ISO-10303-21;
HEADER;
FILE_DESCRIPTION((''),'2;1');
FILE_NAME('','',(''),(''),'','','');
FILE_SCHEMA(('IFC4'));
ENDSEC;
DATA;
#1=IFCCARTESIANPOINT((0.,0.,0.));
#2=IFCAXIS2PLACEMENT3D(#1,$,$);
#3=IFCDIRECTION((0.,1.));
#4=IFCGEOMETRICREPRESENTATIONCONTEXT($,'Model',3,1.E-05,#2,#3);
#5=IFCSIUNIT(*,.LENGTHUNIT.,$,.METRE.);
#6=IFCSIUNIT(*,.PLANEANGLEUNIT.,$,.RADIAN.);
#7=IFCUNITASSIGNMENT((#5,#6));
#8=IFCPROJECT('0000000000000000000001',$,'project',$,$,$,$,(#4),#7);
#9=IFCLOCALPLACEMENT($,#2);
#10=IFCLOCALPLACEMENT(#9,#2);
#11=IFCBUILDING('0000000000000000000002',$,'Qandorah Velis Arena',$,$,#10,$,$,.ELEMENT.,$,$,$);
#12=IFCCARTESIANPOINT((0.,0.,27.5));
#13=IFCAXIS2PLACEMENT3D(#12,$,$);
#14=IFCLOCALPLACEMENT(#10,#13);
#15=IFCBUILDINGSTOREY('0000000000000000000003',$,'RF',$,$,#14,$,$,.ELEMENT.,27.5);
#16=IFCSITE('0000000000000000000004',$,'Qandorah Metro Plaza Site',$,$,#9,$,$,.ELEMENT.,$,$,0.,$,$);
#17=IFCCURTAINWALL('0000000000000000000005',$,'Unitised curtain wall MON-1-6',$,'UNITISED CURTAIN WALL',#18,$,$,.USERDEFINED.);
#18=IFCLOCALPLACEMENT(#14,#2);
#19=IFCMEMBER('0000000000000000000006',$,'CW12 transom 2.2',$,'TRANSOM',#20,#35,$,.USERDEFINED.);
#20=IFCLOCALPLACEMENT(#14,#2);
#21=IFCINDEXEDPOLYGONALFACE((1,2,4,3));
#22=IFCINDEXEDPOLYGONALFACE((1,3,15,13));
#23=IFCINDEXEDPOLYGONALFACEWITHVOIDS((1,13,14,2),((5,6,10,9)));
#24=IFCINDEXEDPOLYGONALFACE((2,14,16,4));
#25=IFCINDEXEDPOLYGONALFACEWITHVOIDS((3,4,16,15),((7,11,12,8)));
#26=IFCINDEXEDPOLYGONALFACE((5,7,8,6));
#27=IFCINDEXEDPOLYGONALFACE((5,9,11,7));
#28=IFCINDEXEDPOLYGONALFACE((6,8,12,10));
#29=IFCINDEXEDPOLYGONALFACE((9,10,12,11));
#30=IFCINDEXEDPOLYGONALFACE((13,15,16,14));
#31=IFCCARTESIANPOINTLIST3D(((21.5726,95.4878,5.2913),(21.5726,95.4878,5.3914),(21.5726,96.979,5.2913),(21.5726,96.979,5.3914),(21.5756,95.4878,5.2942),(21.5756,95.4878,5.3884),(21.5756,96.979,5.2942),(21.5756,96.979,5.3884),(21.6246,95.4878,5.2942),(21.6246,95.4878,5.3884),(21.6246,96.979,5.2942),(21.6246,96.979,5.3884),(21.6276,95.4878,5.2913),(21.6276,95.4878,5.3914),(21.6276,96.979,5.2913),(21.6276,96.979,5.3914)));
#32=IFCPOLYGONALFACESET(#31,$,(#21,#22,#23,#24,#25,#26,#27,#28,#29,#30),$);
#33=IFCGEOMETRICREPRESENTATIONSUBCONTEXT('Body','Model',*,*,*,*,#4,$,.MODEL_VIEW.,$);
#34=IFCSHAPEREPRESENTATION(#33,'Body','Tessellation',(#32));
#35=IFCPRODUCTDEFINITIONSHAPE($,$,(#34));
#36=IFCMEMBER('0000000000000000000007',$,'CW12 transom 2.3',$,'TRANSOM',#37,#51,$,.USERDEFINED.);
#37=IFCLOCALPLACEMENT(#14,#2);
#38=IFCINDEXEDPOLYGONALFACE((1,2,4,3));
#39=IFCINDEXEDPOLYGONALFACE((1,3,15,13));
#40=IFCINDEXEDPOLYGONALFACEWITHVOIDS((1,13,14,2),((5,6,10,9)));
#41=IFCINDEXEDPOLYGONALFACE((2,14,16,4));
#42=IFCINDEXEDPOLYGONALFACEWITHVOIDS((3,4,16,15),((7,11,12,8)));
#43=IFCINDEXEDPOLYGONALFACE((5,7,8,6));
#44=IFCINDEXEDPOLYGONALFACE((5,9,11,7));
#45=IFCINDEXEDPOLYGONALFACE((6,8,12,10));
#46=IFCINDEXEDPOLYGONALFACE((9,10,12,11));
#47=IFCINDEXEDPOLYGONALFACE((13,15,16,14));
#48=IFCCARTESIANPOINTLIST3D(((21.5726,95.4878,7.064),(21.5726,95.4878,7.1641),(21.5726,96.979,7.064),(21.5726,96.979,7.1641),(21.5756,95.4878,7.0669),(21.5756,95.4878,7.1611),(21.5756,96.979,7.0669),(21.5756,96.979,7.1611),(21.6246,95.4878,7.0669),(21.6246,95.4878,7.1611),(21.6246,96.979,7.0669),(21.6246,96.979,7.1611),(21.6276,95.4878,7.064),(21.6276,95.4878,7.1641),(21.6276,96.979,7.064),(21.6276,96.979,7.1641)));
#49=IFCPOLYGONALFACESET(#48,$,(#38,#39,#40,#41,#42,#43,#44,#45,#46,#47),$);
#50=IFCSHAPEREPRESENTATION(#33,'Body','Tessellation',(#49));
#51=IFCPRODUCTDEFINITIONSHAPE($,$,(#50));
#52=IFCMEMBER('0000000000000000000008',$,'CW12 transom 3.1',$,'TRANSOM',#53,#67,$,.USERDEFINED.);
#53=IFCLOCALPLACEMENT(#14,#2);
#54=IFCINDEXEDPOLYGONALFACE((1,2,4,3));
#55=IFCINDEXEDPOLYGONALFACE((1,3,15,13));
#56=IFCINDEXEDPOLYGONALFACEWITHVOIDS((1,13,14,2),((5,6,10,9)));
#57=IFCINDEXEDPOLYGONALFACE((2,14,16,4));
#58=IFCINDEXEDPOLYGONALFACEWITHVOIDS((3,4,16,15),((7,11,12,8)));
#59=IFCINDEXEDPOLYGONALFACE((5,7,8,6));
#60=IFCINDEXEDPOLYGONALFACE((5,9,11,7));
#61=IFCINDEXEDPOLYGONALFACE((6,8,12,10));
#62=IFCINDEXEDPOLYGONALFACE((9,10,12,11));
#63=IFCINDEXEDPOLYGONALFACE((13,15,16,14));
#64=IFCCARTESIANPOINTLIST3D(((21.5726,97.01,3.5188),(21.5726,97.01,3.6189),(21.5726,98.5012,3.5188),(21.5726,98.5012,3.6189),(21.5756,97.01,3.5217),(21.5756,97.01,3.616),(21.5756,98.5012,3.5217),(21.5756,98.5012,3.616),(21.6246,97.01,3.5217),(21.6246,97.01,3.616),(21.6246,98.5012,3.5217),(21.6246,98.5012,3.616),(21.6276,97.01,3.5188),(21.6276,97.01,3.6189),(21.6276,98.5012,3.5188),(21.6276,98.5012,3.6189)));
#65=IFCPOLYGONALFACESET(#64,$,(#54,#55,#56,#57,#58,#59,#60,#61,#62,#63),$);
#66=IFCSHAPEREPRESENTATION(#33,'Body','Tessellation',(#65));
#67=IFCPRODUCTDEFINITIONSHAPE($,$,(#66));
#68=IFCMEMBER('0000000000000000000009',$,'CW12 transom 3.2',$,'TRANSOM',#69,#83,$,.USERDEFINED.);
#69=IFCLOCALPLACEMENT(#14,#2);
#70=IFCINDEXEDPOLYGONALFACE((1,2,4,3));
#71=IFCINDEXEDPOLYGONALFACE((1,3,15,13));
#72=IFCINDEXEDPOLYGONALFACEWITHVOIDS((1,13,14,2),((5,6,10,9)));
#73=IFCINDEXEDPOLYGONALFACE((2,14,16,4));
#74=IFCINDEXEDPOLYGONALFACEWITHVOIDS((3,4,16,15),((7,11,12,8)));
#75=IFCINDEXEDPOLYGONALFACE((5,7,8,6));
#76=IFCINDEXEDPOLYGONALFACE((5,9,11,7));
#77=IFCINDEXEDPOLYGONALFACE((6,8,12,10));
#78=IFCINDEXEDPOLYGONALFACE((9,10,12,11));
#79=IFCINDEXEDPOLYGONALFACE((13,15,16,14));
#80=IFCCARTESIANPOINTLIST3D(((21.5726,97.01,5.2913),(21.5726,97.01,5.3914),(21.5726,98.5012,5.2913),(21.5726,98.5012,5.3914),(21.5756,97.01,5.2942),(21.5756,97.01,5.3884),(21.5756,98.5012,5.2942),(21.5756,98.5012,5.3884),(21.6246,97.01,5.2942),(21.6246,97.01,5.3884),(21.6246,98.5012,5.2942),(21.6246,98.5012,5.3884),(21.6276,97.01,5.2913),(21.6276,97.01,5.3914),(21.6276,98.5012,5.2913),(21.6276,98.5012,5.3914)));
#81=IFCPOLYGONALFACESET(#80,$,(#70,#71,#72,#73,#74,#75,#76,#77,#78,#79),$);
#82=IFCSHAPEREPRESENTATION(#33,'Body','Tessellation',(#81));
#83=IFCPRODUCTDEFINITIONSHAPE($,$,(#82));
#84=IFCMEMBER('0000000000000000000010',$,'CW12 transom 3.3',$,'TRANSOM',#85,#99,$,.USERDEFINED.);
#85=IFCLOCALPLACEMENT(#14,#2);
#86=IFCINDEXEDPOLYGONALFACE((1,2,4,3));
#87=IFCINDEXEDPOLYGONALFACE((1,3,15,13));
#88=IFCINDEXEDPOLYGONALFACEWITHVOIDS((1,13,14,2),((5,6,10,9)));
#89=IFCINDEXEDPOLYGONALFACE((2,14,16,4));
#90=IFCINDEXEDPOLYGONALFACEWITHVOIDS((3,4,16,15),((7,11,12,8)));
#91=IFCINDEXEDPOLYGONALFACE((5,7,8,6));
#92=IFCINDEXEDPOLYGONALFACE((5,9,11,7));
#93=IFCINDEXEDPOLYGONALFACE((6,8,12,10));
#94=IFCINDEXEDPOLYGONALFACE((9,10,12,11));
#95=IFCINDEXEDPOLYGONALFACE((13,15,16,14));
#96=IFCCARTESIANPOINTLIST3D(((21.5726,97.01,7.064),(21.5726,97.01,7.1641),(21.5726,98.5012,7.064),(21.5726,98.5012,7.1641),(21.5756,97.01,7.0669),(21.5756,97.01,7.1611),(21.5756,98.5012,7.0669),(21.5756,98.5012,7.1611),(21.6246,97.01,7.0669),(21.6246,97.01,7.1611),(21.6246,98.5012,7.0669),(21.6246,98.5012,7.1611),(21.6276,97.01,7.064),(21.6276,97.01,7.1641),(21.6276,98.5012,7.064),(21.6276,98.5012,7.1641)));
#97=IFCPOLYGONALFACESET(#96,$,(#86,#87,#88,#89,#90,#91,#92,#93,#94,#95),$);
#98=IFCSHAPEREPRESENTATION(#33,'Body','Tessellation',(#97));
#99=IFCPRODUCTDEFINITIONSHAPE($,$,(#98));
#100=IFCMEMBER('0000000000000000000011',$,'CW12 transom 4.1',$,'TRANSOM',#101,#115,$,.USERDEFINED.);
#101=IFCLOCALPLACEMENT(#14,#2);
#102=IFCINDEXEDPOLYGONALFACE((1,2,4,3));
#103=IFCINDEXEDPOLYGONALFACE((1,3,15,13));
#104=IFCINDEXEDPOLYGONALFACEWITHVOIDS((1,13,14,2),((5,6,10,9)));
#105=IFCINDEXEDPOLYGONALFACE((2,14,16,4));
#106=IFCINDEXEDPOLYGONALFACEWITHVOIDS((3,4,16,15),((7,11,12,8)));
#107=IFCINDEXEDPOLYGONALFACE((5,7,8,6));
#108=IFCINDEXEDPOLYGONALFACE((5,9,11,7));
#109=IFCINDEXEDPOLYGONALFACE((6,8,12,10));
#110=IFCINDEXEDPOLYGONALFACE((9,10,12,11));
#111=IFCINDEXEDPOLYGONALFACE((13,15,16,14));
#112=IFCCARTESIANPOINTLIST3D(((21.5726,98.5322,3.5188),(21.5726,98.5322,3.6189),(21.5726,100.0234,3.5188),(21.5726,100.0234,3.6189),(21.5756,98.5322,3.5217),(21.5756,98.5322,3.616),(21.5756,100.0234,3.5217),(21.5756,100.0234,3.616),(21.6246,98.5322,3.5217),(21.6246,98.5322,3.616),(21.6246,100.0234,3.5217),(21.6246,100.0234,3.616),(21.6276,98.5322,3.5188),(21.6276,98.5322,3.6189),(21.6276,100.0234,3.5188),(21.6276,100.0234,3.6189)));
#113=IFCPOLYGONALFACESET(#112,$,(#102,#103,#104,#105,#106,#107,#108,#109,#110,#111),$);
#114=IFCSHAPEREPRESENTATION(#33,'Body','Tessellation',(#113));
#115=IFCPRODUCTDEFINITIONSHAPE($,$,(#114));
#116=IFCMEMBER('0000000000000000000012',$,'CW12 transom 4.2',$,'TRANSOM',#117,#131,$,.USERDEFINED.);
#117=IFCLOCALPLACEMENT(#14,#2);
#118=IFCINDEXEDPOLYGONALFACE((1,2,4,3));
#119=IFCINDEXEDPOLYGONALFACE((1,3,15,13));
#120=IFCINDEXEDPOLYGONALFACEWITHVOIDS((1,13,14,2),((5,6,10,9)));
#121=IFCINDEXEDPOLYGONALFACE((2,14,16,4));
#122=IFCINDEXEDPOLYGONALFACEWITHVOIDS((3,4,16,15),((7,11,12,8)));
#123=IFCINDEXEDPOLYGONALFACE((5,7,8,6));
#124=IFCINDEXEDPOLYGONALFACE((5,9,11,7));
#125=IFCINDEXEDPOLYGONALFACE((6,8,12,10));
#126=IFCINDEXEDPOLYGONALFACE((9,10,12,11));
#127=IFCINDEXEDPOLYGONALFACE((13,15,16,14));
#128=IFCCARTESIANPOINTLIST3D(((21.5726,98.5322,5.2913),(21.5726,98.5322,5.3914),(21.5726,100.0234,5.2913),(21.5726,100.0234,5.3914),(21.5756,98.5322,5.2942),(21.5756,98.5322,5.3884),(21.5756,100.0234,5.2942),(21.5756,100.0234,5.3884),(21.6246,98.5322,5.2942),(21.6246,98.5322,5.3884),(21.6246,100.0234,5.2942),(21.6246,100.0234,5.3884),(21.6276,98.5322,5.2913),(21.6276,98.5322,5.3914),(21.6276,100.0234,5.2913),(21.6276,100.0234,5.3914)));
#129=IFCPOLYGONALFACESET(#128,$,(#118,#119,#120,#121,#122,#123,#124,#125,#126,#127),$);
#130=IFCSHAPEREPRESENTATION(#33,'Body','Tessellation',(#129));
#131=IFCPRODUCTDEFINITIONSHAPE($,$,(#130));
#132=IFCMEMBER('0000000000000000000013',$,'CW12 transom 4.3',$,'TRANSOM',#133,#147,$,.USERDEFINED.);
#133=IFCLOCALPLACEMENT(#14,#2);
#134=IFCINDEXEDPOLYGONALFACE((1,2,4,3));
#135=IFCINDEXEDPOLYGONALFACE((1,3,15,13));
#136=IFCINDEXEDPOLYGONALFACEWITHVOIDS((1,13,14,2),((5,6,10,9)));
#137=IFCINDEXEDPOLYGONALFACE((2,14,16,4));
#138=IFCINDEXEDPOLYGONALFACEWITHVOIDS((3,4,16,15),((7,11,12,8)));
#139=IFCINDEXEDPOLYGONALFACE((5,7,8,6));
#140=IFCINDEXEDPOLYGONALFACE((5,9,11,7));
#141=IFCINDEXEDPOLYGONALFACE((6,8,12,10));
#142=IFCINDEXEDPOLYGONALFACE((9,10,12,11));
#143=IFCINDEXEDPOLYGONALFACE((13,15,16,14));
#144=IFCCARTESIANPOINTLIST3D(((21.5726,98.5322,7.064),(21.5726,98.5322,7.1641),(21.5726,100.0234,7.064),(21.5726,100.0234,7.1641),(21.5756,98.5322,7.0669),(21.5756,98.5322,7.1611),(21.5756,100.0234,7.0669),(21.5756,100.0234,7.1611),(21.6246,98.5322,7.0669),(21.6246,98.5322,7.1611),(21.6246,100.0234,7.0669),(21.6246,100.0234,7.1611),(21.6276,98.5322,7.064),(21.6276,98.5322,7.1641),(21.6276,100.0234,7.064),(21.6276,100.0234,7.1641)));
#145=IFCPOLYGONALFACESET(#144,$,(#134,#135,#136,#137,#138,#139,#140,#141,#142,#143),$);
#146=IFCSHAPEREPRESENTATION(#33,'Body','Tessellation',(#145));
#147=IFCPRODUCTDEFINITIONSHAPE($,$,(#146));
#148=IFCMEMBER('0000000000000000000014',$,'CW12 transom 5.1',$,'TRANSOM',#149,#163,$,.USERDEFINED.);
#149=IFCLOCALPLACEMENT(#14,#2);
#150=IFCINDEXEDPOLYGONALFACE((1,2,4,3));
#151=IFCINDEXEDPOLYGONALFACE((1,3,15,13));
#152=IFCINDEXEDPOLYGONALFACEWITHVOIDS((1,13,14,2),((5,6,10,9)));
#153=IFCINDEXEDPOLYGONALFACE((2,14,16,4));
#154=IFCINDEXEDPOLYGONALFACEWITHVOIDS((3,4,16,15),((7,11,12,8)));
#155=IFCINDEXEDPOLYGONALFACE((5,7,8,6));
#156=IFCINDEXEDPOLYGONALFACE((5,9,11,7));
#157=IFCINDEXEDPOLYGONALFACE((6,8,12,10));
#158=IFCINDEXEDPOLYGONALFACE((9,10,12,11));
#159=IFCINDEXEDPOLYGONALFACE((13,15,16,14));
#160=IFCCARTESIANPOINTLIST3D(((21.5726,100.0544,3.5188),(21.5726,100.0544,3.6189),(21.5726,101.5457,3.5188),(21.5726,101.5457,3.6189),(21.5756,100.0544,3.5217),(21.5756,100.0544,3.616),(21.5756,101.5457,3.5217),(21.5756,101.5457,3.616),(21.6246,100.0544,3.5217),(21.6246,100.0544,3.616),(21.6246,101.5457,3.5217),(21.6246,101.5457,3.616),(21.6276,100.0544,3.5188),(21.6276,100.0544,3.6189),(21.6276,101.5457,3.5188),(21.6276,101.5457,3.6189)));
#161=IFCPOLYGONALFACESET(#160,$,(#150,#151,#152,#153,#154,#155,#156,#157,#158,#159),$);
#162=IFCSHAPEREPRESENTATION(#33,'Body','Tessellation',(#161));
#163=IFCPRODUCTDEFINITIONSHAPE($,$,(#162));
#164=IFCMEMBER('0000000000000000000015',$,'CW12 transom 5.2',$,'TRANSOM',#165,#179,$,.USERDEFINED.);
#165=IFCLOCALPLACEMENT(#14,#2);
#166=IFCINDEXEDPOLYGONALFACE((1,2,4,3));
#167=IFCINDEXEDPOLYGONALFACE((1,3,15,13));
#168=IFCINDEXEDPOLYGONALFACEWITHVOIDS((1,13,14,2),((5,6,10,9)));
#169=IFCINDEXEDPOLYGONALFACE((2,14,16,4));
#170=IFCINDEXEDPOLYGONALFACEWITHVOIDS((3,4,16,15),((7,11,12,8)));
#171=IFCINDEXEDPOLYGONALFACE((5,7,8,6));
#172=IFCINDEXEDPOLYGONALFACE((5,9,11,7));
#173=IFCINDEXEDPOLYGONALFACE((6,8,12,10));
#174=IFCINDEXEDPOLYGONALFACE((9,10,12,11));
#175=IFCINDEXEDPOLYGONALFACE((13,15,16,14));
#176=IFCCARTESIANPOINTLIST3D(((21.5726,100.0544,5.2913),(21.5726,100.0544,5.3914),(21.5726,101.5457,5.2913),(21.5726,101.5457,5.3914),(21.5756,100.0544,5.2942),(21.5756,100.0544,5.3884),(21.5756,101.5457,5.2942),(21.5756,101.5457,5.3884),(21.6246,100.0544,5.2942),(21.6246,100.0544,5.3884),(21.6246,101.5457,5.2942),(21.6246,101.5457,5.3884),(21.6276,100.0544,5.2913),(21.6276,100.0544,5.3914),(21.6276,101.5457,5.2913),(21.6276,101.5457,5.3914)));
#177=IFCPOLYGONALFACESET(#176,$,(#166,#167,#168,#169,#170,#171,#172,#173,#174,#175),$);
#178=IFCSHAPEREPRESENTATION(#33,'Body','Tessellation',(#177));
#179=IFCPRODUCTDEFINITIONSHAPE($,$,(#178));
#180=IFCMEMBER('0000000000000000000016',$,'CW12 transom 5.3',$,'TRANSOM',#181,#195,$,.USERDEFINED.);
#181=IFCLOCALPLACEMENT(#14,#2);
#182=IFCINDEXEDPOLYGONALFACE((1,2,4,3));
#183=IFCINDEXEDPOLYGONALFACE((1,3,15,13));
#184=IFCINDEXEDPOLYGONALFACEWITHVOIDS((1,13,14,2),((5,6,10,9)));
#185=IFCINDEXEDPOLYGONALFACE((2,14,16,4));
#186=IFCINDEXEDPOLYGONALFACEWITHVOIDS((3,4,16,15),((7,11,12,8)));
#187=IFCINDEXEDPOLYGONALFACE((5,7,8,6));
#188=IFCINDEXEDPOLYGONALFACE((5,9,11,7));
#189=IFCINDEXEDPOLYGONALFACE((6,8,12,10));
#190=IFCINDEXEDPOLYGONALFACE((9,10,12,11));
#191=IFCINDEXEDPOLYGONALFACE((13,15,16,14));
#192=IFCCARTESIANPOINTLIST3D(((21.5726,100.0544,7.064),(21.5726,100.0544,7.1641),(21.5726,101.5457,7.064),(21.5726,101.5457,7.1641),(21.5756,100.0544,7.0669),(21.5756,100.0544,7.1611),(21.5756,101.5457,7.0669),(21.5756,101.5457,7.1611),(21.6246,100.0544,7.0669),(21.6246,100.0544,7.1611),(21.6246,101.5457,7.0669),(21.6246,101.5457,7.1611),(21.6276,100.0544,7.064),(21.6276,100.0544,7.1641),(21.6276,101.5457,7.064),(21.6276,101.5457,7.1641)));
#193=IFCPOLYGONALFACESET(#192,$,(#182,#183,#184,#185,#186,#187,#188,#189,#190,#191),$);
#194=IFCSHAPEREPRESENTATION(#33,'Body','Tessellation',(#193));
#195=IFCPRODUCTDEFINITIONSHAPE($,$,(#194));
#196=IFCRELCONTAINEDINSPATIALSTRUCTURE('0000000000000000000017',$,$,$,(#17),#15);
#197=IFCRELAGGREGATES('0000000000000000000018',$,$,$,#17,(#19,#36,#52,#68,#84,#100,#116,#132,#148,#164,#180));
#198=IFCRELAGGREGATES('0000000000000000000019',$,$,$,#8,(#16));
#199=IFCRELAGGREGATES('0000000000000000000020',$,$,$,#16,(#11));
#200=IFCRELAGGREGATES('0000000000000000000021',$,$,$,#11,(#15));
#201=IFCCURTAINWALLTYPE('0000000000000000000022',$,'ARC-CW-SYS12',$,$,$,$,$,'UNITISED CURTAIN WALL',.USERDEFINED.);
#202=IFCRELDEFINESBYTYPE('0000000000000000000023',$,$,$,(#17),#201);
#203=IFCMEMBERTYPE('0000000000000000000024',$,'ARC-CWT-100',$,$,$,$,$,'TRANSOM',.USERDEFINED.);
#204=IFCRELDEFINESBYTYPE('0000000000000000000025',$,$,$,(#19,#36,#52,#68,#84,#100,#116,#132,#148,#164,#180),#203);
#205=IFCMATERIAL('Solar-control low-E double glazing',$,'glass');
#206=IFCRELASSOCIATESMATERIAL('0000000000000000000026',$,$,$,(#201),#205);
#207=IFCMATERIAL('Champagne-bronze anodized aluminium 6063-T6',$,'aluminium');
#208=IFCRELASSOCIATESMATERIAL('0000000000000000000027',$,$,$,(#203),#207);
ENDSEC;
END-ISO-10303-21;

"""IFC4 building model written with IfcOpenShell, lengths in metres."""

from ifc_helpers import new_model, si_unit, direction, frame, origin, origin_2d, place, context, subcontext, project, spatial, hollow_rectangle, extrude, material, material_profile, profile_set, type_object, element, aggregate, save


model = new_model("IFC4")

# Units and contexts
model_context = context("Model", 3, precision=1e-05, world=origin(), true_north=direction((0.0, 1.0)))
body_context = subcontext(model_context, "Body", "Model", "MODEL_VIEW")
ifc_project = project(units=[si_unit("LENGTHUNIT", "METRE"), si_unit("PLANEANGLEUNIT", "RADIAN")], contexts=[model_context])

# Site, building, storey
site_placement = place(None, origin())
site = spatial("IfcSite", under=ifc_project, at=site_placement, Name="Qandorah Metro Plaza Site", CompositionType="ELEMENT", RefElevation=0.0)
building_placement = place(site_placement, origin())
building = spatial("IfcBuilding", under=site, at=building_placement, Name="Qandorah Velis Arena", CompositionType="ELEMENT")
storey_placement = place(building_placement, frame((0.0, 0.0, 27.5)))
storey = spatial("IfcBuildingStorey", under=building, at=storey_placement, Name="RF", CompositionType="ELEMENT", Elevation=27.5)

# Shared definitions
ifc_material_1 = material(Name="Solar-control low-E double glazing", Category="glass")
ifc_material_2 = material(Name="Champagne-bronze anodized aluminium 6063-T6", Category="aluminium")

# Curtain wall
curtain_wall_type_1 = type_object("IfcCurtainWallType", Name="ARC-CW-SYS12", ElementType="UNITISED CURTAIN WALL", PredefinedType="USERDEFINED", material=ifc_material_1)
curtain_wall_1_placement = place(storey_placement, origin())
curtain_wall_1 = element("IfcCurtainWall", 1, at=curtain_wall_1_placement, inside=storey, type_object=curtain_wall_type_1, Name="Unitised curtain wall MON-1-6", ObjectType="UNITISED CURTAIN WALL", PredefinedType="USERDEFINED")

# Members
ifc_material_profile_1 = material_profile(ifc_material_2, hollow_rectangle(XDim=0.0549, YDim=0.1001, WallThickness=0.0029, at=origin_2d()), Name="ALU TRANSOM 55x100")
ifc_profile_set_1 = profile_set([ifc_material_profile_1], Name="Champagne-bronze anodized aluminium 6063-T6")
member_type_1 = type_object("IfcMemberType", Name="ARC-CWT-100", ElementType="TRANSOM", PredefinedType="USERDEFINED", material=ifc_profile_set_1)
member_1_placement = place(storey_placement, frame((21.6001, 95.4878, 5.3413), z_axis=(0.0, 1.0, 0.0), x_axis=(-1.0, 0.0, 0.0)))
member_1 = element("IfcMember", 2, at=member_1_placement, type_object=member_type_1, Name="CW12 transom 2.2", ObjectType="TRANSOM", PredefinedType="USERDEFINED", context=body_context, shape_type="SweptSolid", body=[
    extrude(hollow_rectangle(XDim=0.0549, YDim=0.1001, WallThickness=0.0029, at=origin_2d()), origin(), (0.0, 0.0, 1.0), 1.4912),
])
member_2_placement = place(storey_placement, frame((21.6001, 95.4878, 7.114), z_axis=(0.0, 1.0, 0.0), x_axis=(-1.0, 0.0, 0.0)))
member_2 = element("IfcMember", 3, at=member_2_placement, type_object=member_type_1, Name="CW12 transom 2.3", ObjectType="TRANSOM", PredefinedType="USERDEFINED", context=body_context, shape_type="SweptSolid", body=[
    extrude(hollow_rectangle(XDim=0.0549, YDim=0.1001, WallThickness=0.0029, at=origin_2d()), origin(), (0.0, 0.0, 1.0), 1.4912),
])
member_3_placement = place(storey_placement, frame((21.6001, 97.01, 3.5688), z_axis=(0.0, 1.0, 0.0), x_axis=(-1.0, 0.0, 0.0)))
member_3 = element("IfcMember", 4, at=member_3_placement, type_object=member_type_1, Name="CW12 transom 3.1", ObjectType="TRANSOM", PredefinedType="USERDEFINED", context=body_context, shape_type="SweptSolid", body=[
    extrude(hollow_rectangle(XDim=0.0549, YDim=0.1001, WallThickness=0.0029, at=origin_2d()), origin(), (0.0, 0.0, 1.0), 1.4912),
])
member_4_placement = place(storey_placement, frame((21.6001, 97.01, 5.3413), z_axis=(0.0, 1.0, 0.0), x_axis=(-1.0, 0.0, 0.0)))
member_4 = element("IfcMember", 5, at=member_4_placement, type_object=member_type_1, Name="CW12 transom 3.2", ObjectType="TRANSOM", PredefinedType="USERDEFINED", context=body_context, shape_type="SweptSolid", body=[
    extrude(hollow_rectangle(XDim=0.0549, YDim=0.1001, WallThickness=0.0029, at=origin_2d()), origin(), (0.0, 0.0, 1.0), 1.4912),
])
member_5_placement = place(storey_placement, frame((21.6001, 97.01, 7.114), z_axis=(0.0, 1.0, 0.0), x_axis=(-1.0, 0.0, 0.0)))
member_5 = element("IfcMember", 6, at=member_5_placement, type_object=member_type_1, Name="CW12 transom 3.3", ObjectType="TRANSOM", PredefinedType="USERDEFINED", context=body_context, shape_type="SweptSolid", body=[
    extrude(hollow_rectangle(XDim=0.0549, YDim=0.1001, WallThickness=0.0029, at=origin_2d()), origin(), (0.0, 0.0, 1.0), 1.4912),
])
member_6_placement = place(storey_placement, frame((21.6001, 98.5322, 3.5688), z_axis=(0.0, 1.0, 0.0), x_axis=(-1.0, 0.0, 0.0)))
member_6 = element("IfcMember", 7, at=member_6_placement, type_object=member_type_1, Name="CW12 transom 4.1", ObjectType="TRANSOM", PredefinedType="USERDEFINED", context=body_context, shape_type="SweptSolid", body=[
    extrude(hollow_rectangle(XDim=0.0549, YDim=0.1001, WallThickness=0.0029, at=origin_2d()), origin(), (0.0, 0.0, 1.0), 1.4912),
])
member_7_placement = place(storey_placement, frame((21.6001, 98.5322, 5.3413), z_axis=(0.0, 1.0, 0.0), x_axis=(-1.0, 0.0, 0.0)))
member_7 = element("IfcMember", 8, at=member_7_placement, type_object=member_type_1, Name="CW12 transom 4.2", ObjectType="TRANSOM", PredefinedType="USERDEFINED", context=body_context, shape_type="SweptSolid", body=[
    extrude(hollow_rectangle(XDim=0.0549, YDim=0.1001, WallThickness=0.0029, at=origin_2d()), origin(), (0.0, 0.0, 1.0), 1.4912),
])
member_8_placement = place(storey_placement, frame((21.6001, 98.5322, 7.114), z_axis=(0.0, 1.0, 0.0), x_axis=(-1.0, 0.0, 0.0)))
member_8 = element("IfcMember", 9, at=member_8_placement, type_object=member_type_1, Name="CW12 transom 4.3", ObjectType="TRANSOM", PredefinedType="USERDEFINED", context=body_context, shape_type="SweptSolid", body=[
    extrude(hollow_rectangle(XDim=0.0549, YDim=0.1001, WallThickness=0.0029, at=origin_2d()), origin(), (0.0, 0.0, 1.0), 1.4912),
])
member_9_placement = place(storey_placement, frame((21.6001, 100.0544, 3.5688), z_axis=(0.0, 1.0, 0.0), x_axis=(-1.0, 0.0, 0.0)))
member_9 = element("IfcMember", 10, at=member_9_placement, type_object=member_type_1, Name="CW12 transom 5.1", ObjectType="TRANSOM", PredefinedType="USERDEFINED", context=body_context, shape_type="SweptSolid", body=[
    extrude(hollow_rectangle(XDim=0.0549, YDim=0.1001, WallThickness=0.0029, at=origin_2d()), origin(), (0.0, 0.0, 1.0), 1.4912),
])
member_10_placement = place(storey_placement, frame((21.6001, 100.0544, 5.3413), z_axis=(0.0, 1.0, 0.0), x_axis=(-1.0, 0.0, 0.0)))
member_10 = element("IfcMember", 11, at=member_10_placement, type_object=member_type_1, Name="CW12 transom 5.2", ObjectType="TRANSOM", PredefinedType="USERDEFINED", context=body_context, shape_type="SweptSolid", body=[
    extrude(hollow_rectangle(XDim=0.0549, YDim=0.1001, WallThickness=0.0029, at=origin_2d()), origin(), (0.0, 0.0, 1.0), 1.4912),
])
member_11_placement = place(storey_placement, frame((21.6001, 100.0544, 7.114), z_axis=(0.0, 1.0, 0.0), x_axis=(-1.0, 0.0, 0.0)))
member_11 = element("IfcMember", 12, at=member_11_placement, type_object=member_type_1, Name="CW12 transom 5.3", ObjectType="TRANSOM", PredefinedType="USERDEFINED", context=body_context, shape_type="SweptSolid", body=[
    extrude(hollow_rectangle(XDim=0.0549, YDim=0.1001, WallThickness=0.0029, at=origin_2d()), origin(), (0.0, 0.0, 1.0), 1.4912),
])

aggregate(curtain_wall_1, [member_1, member_2, member_3, member_4, member_5, member_6, member_7, member_8, member_9, member_10, member_11])

save(model, "model.ifc")
